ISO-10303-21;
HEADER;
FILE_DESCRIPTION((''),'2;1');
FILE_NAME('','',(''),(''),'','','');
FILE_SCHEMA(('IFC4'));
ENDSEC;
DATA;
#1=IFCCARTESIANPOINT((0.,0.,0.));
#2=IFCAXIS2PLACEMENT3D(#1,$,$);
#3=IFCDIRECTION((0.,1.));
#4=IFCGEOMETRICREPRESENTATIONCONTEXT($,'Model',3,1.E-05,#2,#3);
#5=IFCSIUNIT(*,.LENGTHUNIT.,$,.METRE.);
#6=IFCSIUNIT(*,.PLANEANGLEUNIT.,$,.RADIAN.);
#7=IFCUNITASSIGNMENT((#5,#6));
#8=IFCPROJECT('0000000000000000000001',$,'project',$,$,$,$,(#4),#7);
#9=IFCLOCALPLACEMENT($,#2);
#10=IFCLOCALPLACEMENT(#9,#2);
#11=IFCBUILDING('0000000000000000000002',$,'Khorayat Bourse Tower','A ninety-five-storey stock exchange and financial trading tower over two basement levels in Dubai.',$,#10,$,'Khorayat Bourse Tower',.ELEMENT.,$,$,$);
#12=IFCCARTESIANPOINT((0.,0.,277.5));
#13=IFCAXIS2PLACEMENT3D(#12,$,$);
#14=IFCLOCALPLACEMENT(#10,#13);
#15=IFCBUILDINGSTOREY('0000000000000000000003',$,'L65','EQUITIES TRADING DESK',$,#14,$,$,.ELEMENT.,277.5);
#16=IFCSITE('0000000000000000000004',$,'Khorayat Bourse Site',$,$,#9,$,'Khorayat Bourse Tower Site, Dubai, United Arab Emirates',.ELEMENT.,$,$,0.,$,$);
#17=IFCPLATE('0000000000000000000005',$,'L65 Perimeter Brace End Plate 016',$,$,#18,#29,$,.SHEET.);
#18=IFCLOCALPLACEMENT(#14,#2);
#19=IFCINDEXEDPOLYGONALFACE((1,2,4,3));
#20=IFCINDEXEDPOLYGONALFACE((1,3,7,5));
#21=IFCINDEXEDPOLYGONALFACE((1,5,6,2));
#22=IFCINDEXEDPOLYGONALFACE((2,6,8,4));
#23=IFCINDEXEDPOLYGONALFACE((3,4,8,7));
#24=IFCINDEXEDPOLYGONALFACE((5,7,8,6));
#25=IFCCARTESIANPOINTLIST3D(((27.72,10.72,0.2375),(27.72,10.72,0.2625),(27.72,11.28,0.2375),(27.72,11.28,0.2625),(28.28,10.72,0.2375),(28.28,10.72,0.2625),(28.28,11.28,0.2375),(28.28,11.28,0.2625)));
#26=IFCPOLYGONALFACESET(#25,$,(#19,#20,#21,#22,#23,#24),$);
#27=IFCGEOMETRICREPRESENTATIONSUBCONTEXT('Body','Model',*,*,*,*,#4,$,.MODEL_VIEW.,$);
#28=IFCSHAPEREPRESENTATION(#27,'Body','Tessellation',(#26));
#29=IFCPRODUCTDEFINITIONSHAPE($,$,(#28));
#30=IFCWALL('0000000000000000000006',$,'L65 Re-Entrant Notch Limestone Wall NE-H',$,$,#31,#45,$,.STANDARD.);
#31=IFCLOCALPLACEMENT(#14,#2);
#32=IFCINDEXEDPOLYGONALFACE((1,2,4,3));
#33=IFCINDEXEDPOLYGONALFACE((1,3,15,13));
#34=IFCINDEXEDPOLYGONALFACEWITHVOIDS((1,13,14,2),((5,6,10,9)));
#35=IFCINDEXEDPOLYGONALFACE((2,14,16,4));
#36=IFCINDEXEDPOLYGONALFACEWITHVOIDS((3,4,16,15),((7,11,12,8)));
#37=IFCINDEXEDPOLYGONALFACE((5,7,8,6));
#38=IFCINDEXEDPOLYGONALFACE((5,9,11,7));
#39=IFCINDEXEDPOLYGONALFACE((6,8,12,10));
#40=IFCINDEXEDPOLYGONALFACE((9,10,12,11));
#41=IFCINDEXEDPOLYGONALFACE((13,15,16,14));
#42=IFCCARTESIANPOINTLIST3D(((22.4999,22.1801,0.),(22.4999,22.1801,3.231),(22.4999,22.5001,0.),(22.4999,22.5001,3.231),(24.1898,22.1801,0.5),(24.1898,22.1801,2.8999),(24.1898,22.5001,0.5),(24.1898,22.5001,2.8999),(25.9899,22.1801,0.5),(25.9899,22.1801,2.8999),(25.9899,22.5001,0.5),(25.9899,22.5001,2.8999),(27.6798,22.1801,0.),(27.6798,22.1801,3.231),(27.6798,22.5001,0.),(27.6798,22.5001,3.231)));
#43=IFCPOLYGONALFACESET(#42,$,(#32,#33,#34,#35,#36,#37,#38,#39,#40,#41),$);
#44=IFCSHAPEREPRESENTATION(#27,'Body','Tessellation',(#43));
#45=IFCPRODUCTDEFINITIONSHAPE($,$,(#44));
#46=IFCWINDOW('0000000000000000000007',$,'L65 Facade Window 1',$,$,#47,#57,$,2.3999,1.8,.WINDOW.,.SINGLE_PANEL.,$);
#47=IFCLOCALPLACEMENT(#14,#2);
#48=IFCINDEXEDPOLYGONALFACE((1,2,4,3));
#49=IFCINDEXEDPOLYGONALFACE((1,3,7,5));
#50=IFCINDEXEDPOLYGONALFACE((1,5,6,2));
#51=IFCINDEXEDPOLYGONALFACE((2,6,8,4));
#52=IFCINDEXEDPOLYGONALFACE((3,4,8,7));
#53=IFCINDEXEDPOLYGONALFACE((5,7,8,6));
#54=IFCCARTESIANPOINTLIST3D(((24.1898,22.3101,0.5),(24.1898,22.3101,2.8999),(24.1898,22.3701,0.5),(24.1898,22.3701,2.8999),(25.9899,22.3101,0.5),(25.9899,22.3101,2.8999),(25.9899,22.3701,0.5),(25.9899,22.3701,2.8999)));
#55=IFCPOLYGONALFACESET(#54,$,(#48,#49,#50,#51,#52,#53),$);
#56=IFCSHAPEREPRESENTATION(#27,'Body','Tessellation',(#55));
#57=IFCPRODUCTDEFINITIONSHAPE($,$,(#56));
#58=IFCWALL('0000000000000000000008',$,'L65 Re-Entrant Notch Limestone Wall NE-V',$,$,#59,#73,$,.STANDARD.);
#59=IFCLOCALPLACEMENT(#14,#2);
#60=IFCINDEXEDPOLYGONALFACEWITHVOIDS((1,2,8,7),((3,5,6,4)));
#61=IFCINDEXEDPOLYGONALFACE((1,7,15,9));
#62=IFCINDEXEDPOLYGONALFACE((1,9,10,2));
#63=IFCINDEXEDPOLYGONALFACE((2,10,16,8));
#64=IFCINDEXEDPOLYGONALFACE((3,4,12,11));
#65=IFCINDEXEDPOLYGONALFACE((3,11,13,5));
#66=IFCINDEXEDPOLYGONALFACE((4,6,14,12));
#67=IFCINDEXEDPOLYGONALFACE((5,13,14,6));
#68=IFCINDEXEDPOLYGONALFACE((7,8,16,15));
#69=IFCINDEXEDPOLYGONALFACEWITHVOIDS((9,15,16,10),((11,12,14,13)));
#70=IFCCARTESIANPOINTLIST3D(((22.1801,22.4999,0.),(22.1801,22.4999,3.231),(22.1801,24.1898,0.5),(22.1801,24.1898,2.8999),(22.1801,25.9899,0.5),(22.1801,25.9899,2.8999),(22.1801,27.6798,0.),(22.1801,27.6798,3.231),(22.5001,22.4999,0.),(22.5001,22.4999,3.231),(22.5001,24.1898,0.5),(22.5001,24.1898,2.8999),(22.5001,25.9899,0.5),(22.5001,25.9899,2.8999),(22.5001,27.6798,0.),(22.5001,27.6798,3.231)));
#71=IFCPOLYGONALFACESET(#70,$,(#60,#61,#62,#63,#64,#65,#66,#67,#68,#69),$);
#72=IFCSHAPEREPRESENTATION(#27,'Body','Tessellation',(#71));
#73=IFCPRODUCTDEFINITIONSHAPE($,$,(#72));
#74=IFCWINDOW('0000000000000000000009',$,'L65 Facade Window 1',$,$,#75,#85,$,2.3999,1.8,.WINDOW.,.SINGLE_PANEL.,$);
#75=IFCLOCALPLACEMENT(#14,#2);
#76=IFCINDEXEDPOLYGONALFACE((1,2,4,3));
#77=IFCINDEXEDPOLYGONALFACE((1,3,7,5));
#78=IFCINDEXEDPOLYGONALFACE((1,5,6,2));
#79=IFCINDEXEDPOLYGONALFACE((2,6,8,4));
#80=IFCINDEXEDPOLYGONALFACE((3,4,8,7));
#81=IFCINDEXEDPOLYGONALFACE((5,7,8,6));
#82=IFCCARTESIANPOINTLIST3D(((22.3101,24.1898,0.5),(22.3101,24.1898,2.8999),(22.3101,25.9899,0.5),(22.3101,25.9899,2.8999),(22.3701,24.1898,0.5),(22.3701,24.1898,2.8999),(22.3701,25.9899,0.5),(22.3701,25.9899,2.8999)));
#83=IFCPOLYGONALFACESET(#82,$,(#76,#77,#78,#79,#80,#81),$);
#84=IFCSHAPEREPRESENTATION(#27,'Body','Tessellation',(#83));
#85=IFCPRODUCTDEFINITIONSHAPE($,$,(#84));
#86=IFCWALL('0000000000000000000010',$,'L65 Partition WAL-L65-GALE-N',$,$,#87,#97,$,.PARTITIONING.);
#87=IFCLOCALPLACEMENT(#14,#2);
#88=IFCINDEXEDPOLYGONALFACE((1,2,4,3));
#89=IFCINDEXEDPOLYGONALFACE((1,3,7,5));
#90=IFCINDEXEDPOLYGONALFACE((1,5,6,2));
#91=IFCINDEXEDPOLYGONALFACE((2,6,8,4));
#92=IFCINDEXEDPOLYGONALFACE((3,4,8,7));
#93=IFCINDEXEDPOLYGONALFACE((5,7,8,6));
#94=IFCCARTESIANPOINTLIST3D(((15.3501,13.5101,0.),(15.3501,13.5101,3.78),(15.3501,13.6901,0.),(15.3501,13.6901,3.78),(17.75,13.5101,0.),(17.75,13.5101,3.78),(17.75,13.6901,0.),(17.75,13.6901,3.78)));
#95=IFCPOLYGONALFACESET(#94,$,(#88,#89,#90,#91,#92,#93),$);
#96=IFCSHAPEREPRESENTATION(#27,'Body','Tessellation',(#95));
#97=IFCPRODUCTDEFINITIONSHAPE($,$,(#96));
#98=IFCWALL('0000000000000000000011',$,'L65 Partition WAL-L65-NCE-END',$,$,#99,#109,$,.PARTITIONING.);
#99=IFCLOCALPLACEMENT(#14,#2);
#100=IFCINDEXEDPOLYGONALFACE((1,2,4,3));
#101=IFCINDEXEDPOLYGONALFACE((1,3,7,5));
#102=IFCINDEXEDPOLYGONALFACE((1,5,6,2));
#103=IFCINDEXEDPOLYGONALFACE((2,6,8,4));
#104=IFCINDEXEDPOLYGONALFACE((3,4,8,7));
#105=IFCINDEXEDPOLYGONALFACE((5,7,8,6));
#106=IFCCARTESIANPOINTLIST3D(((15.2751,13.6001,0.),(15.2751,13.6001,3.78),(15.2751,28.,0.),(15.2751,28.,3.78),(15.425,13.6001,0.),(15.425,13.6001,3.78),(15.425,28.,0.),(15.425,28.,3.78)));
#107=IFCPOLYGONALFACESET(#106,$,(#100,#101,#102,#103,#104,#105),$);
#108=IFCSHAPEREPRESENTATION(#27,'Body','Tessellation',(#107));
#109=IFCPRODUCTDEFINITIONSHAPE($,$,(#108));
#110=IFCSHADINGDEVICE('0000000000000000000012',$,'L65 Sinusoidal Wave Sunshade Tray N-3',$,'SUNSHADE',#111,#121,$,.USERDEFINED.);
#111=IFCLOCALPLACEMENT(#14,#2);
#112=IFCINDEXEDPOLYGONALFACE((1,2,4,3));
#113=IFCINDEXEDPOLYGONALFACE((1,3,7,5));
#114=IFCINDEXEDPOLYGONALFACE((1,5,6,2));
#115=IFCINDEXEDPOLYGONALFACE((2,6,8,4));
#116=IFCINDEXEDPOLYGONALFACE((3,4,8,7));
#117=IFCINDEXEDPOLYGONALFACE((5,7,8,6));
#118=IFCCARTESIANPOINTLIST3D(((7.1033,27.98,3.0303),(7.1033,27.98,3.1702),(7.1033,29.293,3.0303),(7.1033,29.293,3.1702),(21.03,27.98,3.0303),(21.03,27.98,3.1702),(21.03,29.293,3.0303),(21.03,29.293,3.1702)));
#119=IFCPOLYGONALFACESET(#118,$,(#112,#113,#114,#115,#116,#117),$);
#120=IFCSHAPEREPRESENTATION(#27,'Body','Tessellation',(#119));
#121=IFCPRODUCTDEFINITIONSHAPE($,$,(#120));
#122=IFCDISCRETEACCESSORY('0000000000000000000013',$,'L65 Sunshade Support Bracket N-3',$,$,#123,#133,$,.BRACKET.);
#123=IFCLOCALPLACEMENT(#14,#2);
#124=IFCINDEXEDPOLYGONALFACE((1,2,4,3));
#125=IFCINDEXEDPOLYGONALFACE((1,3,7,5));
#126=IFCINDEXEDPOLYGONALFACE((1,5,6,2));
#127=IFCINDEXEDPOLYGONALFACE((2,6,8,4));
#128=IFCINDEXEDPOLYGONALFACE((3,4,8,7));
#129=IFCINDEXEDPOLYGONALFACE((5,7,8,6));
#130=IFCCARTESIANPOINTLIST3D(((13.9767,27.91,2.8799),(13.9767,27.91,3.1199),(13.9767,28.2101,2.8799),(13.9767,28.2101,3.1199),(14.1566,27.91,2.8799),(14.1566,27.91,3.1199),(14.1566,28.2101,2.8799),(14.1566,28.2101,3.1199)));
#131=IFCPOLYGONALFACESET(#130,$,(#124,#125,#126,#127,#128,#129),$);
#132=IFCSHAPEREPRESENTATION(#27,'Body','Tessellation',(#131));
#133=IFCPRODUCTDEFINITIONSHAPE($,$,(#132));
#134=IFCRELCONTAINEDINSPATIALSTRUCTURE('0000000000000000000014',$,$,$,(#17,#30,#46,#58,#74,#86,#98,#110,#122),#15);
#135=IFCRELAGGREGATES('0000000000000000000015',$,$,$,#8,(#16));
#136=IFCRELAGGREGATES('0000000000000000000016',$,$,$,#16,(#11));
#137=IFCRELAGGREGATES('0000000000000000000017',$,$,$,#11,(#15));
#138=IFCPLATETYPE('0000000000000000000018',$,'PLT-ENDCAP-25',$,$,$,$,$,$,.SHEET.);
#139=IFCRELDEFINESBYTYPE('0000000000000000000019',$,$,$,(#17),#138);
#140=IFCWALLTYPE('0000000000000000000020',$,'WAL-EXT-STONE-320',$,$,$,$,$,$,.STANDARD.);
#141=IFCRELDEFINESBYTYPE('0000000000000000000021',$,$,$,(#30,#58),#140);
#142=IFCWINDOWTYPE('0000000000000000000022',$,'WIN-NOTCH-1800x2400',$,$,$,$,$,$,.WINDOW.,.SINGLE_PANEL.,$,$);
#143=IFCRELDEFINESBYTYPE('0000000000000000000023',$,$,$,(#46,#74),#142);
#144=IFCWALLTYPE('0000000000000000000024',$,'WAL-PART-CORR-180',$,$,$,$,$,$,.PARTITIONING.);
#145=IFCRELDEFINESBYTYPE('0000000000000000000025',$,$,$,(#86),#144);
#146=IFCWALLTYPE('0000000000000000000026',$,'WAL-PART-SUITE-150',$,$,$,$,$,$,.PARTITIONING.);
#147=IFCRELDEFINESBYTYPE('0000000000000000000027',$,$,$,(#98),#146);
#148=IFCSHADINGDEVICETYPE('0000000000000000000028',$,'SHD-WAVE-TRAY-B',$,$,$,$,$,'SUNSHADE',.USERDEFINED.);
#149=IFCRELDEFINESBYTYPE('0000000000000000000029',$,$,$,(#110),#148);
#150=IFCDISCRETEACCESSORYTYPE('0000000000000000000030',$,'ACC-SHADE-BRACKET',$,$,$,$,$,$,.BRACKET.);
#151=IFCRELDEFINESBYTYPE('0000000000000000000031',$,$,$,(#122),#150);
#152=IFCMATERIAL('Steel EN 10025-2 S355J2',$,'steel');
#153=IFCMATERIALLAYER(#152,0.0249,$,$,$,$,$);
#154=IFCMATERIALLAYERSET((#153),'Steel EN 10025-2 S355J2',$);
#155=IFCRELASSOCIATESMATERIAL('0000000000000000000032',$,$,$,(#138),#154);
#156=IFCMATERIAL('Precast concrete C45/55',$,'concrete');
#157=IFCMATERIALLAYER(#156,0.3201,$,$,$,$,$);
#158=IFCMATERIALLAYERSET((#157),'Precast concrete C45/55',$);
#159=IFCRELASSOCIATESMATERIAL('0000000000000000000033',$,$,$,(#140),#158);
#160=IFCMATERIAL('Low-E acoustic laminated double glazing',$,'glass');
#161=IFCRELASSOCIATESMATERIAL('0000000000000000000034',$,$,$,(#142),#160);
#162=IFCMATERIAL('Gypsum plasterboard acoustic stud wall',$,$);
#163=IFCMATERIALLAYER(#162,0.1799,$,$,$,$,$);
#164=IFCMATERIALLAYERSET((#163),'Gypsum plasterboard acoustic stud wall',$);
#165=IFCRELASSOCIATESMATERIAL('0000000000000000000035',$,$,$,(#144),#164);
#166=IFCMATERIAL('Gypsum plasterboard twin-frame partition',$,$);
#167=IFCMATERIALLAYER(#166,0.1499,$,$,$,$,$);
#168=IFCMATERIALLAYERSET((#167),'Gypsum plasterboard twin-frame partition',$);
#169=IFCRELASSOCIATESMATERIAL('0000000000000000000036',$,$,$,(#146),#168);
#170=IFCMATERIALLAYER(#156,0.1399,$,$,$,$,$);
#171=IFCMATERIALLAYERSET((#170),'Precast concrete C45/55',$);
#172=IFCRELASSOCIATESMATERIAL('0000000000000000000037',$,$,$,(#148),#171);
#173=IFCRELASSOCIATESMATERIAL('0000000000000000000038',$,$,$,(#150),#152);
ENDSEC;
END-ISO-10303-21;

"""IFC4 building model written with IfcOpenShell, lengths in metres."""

from ifc_helpers import new_model, si_unit, direction, frame, frame_2d, origin, origin_2d, place, context, subcontext, project, spatial, rectangle, extrude, source, transform, mapped, material, layer, layer_set, type_object, element, fill, save


model = new_model("IFC4")

# Units and contexts
model_context = context("Model", 3, precision=1e-05, world=origin(), true_north=direction((0.0, 1.0)))
body_context = subcontext(model_context, "Body", "Model", "MODEL_VIEW")
ifc_project = project(units=[si_unit("LENGTHUNIT", "METRE"), si_unit("PLANEANGLEUNIT", "RADIAN")], contexts=[model_context])

# Site, building, storey
site_placement = place(None, origin())
site = spatial("IfcSite", under=ifc_project, at=site_placement, Name="Khorayat Bourse Site", LongName="Khorayat Bourse Tower Site, Dubai, United Arab Emirates", CompositionType="ELEMENT", RefElevation=0.0)
building_placement = place(site_placement, origin())
building = spatial("IfcBuilding", under=site, at=building_placement, Name="Khorayat Bourse Tower", Description="A ninety-five-storey stock exchange and financial trading tower over two basement levels in Dubai.", LongName="Khorayat Bourse Tower", CompositionType="ELEMENT")
storey_placement = place(building_placement, frame((0.0, 0.0, 277.5)))
storey = spatial("IfcBuildingStorey", under=building, at=storey_placement, Name="L65", Description="EQUITIES TRADING DESK", CompositionType="ELEMENT", Elevation=277.5)

# Plate
ifc_material_1 = material(Name="Steel EN 10025-2 S355J2", Category="steel")
ifc_layer_1 = layer(ifc_material_1, 0.0249)
ifc_layer_set_1 = layer_set([ifc_layer_1], Name="Steel EN 10025-2 S355J2")
plate_type = type_object("IfcPlateType", Name="PLT-ENDCAP-25", PredefinedType="SHEET", material=ifc_layer_set_1)
shared_shape_1 = source(origin(), body_context, "Body", "SweptSolid", [
    extrude(rectangle(XDim=0.5601, YDim=0.5601, at=origin_2d()), origin(), (0.0, 0.0, 1.0), 0.0249),
])
for number, where, z_axis, x_axis, name in (
    (1, (28.0, 11.0, 0.2375), (0.0, 0.0, 1.0), (1.0, 0.0, 0.0), "L65 Perimeter Brace End Plate 016"),
):
    element("IfcPlate", number, at=place(storey_placement, frame(where, z_axis=z_axis, x_axis=x_axis)), inside=storey, type_object=plate_type, Name=name, PredefinedType="SHEET", context=body_context, shape_type="MappedRepresentation", body=[
        mapped(shared_shape_1, transform((0.0, 0.0, 0.0), scale=1.0)),
    ])

# Walls, openings, windows
ifc_material_2 = material(Name="Precast concrete C45/55", Category="concrete")
ifc_layer_2 = layer(ifc_material_2, 0.3201)
ifc_layer_set_2 = layer_set([ifc_layer_2], Name="Precast concrete C45/55")
wall_type_1 = type_object("IfcWallType", Name="WAL-EXT-STONE-320", PredefinedType="STANDARD", material=ifc_layer_set_2)
shared_shape_2 = source(origin(), body_context, "Body", "SweptSolid", [
    extrude(rectangle(XDim=5.1799, YDim=0.3201, at=frame_2d((2.5898, 0.0))), origin(), (0.0, 0.0, 1.0), 3.231),
])
wall_1_placement = place(storey_placement, frame((22.5, 22.3401, 0.0), z_axis=(0.0, 0.0, 1.0), x_axis=(1.0, 0.0, 0.0)))
wall_1 = element("IfcWall", 2, at=wall_1_placement, inside=storey, type_object=wall_type_1, Name="L65 Re-Entrant Notch Limestone Wall NE-H", PredefinedType="STANDARD", context=body_context, shape_type="MappedRepresentation", body=[
    mapped(shared_shape_2, transform((0.0, 0.0, 0.0), scale=1.0)),
])
shared_shape_3 = source(origin(), body_context, "Body", "SweptSolid", [
    extrude(rectangle(XDim=1.8, YDim=2.3999, at=frame_2d((0.8999, 1.2))), frame((0.0, 0.1699, 0.0), z_axis=(0.0, -1.0, 0.0), x_axis=(1.0, 0.0, 0.0)), (0.0, 0.0, 1.0), 0.3401),
])
opening_1_placement = place(wall_1_placement, frame((1.6899, 0.0, 0.5)))
opening_1 = element("IfcOpeningElement", 3, at=opening_1_placement, cuts=wall_1, PredefinedType="OPENING", context=body_context, shape_type="MappedRepresentation", body=[
    mapped(shared_shape_3, transform((0.0, 0.0, 0.0), scale=1.0)),
])
ifc_material_3 = material(Name="Low-E acoustic laminated double glazing", Category="glass")
window_type = type_object("IfcWindowType", Name="WIN-NOTCH-1800x2400", PartitioningType="SINGLE_PANEL", PredefinedType="WINDOW", material=ifc_material_3)
shared_shape_4 = source(origin(), body_context, "Body", "SweptSolid", [
    extrude(rectangle(XDim=1.8, YDim=2.3999, at=frame_2d((0.8999, 1.2))), frame((0.0, 0.03, 0.0), z_axis=(0.0, -1.0, 0.0), x_axis=(1.0, 0.0, 0.0)), (0.0, 0.0, 1.0), 0.0601),
])
window_1_placement = place(opening_1_placement, origin())
window_1 = element("IfcWindow", 4, at=window_1_placement, inside=storey, type_object=window_type, Name="L65 Facade Window 1", OverallHeight=2.3999, OverallWidth=1.8, PartitioningType="SINGLE_PANEL", PredefinedType="WINDOW", context=body_context, shape_type="MappedRepresentation", body=[
    mapped(shared_shape_4, transform((0.0, 0.0, 0.0), scale=1.0)),
])
fill(opening_1, window_1)
wall_2_placement = place(storey_placement, frame((22.3401, 22.5, 0.0), z_axis=(0.0, 0.0, 1.0), x_axis=(0.0, 1.0, 0.0)))
wall_2 = element("IfcWall", 5, at=wall_2_placement, inside=storey, type_object=wall_type_1, Name="L65 Re-Entrant Notch Limestone Wall NE-V", PredefinedType="STANDARD", context=body_context, shape_type="MappedRepresentation", body=[
    mapped(shared_shape_2, transform((0.0, 0.0, 0.0), scale=1.0)),
])
opening_2_placement = place(wall_2_placement, frame((1.6899, 0.0, 0.5)))
opening_2 = element("IfcOpeningElement", 6, at=opening_2_placement, cuts=wall_2, PredefinedType="OPENING", context=body_context, shape_type="MappedRepresentation", body=[
    mapped(shared_shape_3, transform((0.0, 0.0, 0.0), scale=1.0)),
])
window_2_placement = place(opening_2_placement, origin())
window_2 = element("IfcWindow", 7, at=window_2_placement, inside=storey, type_object=window_type, Name="L65 Facade Window 1", OverallHeight=2.3999, OverallWidth=1.8, PartitioningType="SINGLE_PANEL", PredefinedType="WINDOW", context=body_context, shape_type="MappedRepresentation", body=[
    mapped(shared_shape_4, transform((0.0, 0.0, 0.0), scale=1.0)),
])
fill(opening_2, window_2)

# Walls
ifc_material_4 = material(Name="Gypsum plasterboard acoustic stud wall")
ifc_layer_3 = layer(ifc_material_4, 0.1799)
ifc_layer_set_3 = layer_set([ifc_layer_3], Name="Gypsum plasterboard acoustic stud wall")
wall_type_2 = type_object("IfcWallType", Name="WAL-PART-CORR-180", PredefinedType="PARTITIONING", material=ifc_layer_set_3)
shared_shape_5 = source(origin(), body_context, "Body", "SweptSolid", [
    extrude(rectangle(XDim=2.3999, YDim=0.1799, at=frame_2d((1.2, 0.0))), origin(), (0.0, 0.0, 1.0), 3.78),
])
wall_3_placement = place(storey_placement, frame((15.3501, 13.6001, 0.0), z_axis=(0.0, 0.0, 1.0), x_axis=(1.0, 0.0, 0.0)))
element("IfcWall", 8, at=wall_3_placement, inside=storey, type_object=wall_type_2, Name="L65 Partition WAL-L65-GALE-N", PredefinedType="PARTITIONING", context=body_context, shape_type="MappedRepresentation", body=[
    mapped(shared_shape_5, transform((0.0, 0.0, 0.0), scale=1.0)),
])
ifc_material_5 = material(Name="Gypsum plasterboard twin-frame partition")
ifc_layer_4 = layer(ifc_material_5, 0.1499)
ifc_layer_set_4 = layer_set([ifc_layer_4], Name="Gypsum plasterboard twin-frame partition")
wall_type_3 = type_object("IfcWallType", Name="WAL-PART-SUITE-150", PredefinedType="PARTITIONING", material=ifc_layer_set_4)
shared_shape_6 = source(origin(), body_context, "Body", "SweptSolid", [
    extrude(rectangle(XDim=14.3999, YDim=0.1499, at=frame_2d((7.2, 0.0))), origin(), (0.0, 0.0, 1.0), 3.78),
])
wall_4_placement = place(storey_placement, frame((15.3501, 13.6001, 0.0), z_axis=(0.0, 0.0, 1.0), x_axis=(0.0, 1.0, 0.0)))
element("IfcWall", 9, at=wall_4_placement, inside=storey, type_object=wall_type_3, Name="L65 Partition WAL-L65-NCE-END", PredefinedType="PARTITIONING", context=body_context, shape_type="MappedRepresentation", body=[
    mapped(shared_shape_6, transform((0.0, 0.0, 0.0), scale=1.0)),
])

# Shading device
ifc_layer_5 = layer(ifc_material_2, 0.1399)
ifc_layer_set_5 = layer_set([ifc_layer_5], Name="Precast concrete C45/55")
shading_device_type = type_object("IfcShadingDeviceType", Name="SHD-WAVE-TRAY-B", ElementType="SUNSHADE", PredefinedType="USERDEFINED", material=ifc_layer_set_5)
shared_shape_7 = source(origin(), body_context, "Body", "SweptSolid", [
    extrude(rectangle(XDim=13.9268, YDim=1.313, at=origin_2d()), origin(), (0.0, 0.0, 1.0), 0.1399),
])
shading_device_placement = place(storey_placement, frame((14.0667, 28.6365, 3.0303), z_axis=(0.0, 0.0, 1.0), x_axis=(1.0, 0.0, 0.0)))
element("IfcShadingDevice", 10, at=shading_device_placement, inside=storey, type_object=shading_device_type, Name="L65 Sinusoidal Wave Sunshade Tray N-3", ObjectType="SUNSHADE", PredefinedType="USERDEFINED", context=body_context, shape_type="MappedRepresentation", body=[
    mapped(shared_shape_7, transform((0.0, 0.0, 0.0), scale=1.0)),
])

# Discrete accessory
discrete_accessory_type = type_object("IfcDiscreteAccessoryType", Name="ACC-SHADE-BRACKET", PredefinedType="BRACKET", material=ifc_material_1)
shared_shape_8 = source(origin(), body_context, "Body", "SweptSolid", [
    extrude(rectangle(XDim=0.1799, YDim=0.3, at=origin_2d()), origin(), (0.0, 0.0, 1.0), 0.24),
])
discrete_accessory_placement = place(storey_placement, frame((14.0667, 28.0601, 2.8799), z_axis=(0.0, 0.0, 1.0), x_axis=(1.0, 0.0, 0.0)))
element("IfcDiscreteAccessory", 11, at=discrete_accessory_placement, inside=storey, type_object=discrete_accessory_type, Name="L65 Sunshade Support Bracket N-3", PredefinedType="BRACKET", context=body_context, shape_type="MappedRepresentation", body=[
    mapped(shared_shape_8, transform((0.0, 0.0, 0.0), scale=1.0)),
])

save(model, "model.ifc")
